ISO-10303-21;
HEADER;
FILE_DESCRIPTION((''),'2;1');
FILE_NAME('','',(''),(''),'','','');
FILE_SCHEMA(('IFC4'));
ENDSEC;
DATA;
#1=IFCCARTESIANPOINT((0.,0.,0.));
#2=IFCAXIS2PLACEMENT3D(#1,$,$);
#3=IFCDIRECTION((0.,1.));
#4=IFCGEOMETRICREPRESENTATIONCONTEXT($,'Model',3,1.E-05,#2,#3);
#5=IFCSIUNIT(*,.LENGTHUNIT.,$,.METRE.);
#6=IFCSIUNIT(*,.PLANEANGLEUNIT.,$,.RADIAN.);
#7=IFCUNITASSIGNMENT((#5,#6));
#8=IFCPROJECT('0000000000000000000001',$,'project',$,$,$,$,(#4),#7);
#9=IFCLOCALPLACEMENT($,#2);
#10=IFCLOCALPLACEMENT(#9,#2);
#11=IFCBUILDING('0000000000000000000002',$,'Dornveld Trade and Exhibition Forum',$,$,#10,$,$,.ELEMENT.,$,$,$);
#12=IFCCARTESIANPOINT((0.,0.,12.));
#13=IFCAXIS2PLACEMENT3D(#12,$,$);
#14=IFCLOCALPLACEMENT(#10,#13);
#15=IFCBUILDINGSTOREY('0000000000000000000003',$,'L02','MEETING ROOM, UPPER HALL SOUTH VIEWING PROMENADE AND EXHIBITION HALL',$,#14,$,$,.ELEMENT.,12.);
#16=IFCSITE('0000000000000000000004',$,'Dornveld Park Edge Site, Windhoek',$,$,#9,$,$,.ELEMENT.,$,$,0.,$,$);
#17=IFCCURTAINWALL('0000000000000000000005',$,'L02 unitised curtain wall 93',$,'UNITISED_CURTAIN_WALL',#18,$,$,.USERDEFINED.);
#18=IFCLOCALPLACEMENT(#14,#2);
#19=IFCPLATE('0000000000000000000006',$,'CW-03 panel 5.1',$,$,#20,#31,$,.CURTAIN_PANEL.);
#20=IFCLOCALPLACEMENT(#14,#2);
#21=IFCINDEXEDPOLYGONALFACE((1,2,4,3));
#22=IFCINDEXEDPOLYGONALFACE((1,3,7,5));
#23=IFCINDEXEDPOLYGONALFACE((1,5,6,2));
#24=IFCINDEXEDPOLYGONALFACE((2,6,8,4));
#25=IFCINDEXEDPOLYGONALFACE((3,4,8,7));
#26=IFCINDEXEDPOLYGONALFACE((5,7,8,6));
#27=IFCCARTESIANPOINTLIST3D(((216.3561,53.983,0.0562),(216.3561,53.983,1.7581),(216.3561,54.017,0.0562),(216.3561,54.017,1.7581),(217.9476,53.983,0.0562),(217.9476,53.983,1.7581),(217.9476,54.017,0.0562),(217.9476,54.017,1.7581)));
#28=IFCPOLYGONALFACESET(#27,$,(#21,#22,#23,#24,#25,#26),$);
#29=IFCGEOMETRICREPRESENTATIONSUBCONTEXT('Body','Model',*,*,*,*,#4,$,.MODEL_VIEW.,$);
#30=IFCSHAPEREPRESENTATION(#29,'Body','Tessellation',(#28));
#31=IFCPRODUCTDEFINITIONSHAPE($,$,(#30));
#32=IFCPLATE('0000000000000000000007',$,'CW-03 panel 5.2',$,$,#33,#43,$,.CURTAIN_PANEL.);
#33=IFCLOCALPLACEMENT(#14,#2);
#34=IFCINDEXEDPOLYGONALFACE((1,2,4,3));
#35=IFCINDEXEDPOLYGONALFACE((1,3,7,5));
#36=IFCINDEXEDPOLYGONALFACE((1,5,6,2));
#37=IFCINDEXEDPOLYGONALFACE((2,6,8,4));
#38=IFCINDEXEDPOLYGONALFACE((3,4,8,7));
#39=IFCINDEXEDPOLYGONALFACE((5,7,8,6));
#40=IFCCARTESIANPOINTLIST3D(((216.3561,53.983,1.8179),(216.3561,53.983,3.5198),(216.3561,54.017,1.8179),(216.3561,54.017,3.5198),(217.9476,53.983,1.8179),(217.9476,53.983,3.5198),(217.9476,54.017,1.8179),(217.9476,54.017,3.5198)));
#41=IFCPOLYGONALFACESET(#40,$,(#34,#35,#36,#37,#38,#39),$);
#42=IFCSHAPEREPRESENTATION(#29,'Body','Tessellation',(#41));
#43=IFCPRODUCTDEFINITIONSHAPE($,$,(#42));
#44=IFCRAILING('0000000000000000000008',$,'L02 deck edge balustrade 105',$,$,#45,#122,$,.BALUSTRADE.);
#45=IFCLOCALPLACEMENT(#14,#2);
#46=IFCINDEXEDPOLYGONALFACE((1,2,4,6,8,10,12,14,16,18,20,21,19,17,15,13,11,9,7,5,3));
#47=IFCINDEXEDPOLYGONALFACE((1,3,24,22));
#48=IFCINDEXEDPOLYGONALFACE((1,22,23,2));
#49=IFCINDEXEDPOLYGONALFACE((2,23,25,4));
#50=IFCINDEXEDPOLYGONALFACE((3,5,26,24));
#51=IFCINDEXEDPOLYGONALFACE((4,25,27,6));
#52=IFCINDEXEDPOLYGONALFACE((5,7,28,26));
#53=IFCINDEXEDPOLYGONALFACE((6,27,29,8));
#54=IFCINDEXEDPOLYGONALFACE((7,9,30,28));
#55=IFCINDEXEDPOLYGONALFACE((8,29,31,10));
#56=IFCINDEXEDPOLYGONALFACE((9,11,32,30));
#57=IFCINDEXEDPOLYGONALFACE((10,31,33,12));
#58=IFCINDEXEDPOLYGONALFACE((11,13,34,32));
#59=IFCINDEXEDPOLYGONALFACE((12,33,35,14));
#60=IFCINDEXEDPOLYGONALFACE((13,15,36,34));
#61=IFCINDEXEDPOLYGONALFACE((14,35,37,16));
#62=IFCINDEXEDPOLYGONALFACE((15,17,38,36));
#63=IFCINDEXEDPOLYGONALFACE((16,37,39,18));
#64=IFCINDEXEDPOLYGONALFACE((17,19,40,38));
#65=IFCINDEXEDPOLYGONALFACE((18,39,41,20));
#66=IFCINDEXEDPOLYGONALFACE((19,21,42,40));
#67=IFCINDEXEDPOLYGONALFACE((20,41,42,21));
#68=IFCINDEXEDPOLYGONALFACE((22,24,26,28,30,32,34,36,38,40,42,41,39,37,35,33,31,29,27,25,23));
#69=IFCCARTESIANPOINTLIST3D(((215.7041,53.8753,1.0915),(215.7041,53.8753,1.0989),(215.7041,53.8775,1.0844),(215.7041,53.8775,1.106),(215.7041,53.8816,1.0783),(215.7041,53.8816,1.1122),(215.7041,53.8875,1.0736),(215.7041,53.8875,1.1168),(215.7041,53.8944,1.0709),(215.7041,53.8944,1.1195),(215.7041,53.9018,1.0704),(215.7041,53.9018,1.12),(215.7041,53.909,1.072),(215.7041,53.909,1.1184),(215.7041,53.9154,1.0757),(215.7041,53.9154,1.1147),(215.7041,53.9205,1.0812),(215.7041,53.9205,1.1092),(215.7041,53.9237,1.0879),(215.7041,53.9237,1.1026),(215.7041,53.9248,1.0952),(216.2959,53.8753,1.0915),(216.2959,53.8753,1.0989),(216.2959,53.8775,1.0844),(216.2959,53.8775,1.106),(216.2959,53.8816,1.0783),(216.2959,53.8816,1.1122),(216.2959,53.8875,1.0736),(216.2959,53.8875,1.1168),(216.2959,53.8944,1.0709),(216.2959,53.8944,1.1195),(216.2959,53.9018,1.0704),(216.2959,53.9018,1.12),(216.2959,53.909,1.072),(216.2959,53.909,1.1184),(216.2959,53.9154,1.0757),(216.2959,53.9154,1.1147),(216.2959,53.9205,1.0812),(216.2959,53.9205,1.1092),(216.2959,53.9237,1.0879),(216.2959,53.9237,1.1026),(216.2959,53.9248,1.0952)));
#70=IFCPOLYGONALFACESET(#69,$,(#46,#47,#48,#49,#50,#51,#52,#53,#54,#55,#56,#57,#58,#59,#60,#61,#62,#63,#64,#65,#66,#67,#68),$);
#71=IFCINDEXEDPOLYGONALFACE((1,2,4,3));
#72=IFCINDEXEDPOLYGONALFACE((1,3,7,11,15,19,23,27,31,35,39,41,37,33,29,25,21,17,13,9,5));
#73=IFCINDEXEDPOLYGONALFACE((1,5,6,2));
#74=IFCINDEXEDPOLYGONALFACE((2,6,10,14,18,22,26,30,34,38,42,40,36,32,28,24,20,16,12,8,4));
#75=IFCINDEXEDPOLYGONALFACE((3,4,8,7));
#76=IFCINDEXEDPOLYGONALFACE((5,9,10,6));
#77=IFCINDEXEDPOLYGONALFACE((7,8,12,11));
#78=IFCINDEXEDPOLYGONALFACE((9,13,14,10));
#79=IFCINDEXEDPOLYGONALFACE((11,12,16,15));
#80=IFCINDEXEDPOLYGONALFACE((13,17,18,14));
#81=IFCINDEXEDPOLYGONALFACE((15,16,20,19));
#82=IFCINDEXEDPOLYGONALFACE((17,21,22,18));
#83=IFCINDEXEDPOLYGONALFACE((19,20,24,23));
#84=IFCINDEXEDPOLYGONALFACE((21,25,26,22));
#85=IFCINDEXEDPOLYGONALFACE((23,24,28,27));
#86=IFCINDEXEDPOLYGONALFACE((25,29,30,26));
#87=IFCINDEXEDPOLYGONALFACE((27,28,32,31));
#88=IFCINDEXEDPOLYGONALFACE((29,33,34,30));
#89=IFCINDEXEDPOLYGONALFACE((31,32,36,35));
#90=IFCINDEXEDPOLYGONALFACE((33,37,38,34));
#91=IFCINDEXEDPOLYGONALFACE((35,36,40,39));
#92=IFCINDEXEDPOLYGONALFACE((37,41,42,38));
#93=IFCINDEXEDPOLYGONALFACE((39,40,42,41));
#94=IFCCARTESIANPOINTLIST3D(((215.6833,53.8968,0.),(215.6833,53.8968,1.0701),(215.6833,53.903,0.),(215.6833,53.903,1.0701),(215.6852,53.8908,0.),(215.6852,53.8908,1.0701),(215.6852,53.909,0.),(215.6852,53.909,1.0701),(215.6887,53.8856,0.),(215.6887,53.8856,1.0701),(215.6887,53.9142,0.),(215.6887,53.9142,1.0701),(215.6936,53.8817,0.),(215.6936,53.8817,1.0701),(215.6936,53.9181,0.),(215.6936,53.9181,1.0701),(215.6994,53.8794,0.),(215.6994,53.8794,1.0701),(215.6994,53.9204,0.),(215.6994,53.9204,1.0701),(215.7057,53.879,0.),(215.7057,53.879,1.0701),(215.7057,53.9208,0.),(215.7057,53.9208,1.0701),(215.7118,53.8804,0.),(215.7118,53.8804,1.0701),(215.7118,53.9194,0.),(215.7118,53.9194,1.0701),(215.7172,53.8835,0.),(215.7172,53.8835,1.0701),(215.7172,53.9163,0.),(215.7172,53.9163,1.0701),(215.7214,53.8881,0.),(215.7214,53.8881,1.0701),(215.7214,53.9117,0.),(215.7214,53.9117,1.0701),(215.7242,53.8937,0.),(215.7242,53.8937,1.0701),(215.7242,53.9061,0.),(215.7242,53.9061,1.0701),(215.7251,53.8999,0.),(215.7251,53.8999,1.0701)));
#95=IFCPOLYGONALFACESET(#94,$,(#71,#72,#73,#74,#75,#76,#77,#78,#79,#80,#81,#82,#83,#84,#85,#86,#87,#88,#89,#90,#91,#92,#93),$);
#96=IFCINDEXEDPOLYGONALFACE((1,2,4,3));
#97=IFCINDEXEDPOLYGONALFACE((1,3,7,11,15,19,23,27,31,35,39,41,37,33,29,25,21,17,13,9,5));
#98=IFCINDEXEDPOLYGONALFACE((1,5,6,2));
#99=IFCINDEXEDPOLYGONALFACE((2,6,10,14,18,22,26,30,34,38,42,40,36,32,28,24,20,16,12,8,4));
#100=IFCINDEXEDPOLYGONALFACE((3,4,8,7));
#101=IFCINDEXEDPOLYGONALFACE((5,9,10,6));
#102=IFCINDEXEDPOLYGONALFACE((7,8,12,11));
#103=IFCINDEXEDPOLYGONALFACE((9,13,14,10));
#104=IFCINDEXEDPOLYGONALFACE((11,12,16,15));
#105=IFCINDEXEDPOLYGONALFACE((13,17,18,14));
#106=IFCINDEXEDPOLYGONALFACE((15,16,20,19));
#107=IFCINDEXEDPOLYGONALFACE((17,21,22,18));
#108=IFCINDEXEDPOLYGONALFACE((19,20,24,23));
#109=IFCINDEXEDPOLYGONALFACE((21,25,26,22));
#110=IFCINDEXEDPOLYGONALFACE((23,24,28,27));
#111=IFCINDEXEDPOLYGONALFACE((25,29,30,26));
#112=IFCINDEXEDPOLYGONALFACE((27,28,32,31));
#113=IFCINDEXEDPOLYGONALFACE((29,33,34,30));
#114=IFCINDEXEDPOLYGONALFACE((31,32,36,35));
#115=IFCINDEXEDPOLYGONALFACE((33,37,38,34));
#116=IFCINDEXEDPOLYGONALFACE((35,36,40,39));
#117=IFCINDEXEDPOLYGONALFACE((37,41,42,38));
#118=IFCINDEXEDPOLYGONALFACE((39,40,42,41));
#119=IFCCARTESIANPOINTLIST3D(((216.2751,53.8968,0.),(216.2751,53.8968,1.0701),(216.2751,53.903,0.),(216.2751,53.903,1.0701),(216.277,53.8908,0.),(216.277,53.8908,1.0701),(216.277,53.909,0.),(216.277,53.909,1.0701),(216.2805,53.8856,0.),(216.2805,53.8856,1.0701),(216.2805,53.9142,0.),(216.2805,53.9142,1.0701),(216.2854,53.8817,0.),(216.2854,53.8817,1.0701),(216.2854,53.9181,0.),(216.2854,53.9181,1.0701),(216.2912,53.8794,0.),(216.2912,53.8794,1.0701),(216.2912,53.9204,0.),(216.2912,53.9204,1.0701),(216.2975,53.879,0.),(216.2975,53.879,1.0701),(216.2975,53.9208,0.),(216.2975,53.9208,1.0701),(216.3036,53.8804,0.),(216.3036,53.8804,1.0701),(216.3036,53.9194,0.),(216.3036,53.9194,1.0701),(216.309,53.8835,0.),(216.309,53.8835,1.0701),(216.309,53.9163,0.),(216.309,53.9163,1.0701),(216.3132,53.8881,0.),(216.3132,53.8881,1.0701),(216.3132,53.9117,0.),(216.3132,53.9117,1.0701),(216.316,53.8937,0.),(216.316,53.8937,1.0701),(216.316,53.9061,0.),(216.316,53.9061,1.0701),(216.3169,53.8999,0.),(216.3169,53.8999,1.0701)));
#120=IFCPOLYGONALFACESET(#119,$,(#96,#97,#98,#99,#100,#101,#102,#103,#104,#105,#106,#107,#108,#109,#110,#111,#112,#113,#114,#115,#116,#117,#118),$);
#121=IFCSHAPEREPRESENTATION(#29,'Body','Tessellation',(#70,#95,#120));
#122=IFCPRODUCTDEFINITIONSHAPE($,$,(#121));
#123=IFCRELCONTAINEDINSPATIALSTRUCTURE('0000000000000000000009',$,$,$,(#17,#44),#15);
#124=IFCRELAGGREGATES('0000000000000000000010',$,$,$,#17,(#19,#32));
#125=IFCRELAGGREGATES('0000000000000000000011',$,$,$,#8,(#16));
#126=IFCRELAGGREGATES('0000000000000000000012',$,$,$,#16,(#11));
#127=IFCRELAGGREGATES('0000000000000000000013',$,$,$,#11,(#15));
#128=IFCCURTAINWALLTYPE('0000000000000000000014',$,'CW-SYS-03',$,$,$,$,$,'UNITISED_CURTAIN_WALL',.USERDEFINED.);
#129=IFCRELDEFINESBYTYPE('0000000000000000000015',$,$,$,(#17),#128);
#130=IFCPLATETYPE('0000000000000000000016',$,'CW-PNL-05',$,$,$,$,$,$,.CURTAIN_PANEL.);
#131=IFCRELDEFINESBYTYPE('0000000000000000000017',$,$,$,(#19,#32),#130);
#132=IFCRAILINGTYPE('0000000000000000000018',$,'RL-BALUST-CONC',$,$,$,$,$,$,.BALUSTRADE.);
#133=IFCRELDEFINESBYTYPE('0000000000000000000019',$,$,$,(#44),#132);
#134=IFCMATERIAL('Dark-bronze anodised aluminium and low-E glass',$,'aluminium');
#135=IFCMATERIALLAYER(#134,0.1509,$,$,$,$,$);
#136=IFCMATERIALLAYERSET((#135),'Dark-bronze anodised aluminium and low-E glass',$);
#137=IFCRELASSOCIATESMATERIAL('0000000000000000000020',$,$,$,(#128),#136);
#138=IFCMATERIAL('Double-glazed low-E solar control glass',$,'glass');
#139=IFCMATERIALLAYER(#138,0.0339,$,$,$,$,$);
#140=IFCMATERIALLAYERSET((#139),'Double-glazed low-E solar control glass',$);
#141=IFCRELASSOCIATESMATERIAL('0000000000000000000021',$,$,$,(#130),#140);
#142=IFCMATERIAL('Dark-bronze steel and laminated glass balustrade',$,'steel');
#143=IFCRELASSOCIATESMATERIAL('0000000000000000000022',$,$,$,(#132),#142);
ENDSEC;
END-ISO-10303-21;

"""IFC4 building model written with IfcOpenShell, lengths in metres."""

from ifc_helpers import new_model, si_unit, direction, frame, origin, origin_2d, place, context, subcontext, project, spatial, rectangle, circle, extrude, material, layer, layer_set, type_object, element, aggregate, save


model = new_model("IFC4")

# Units and contexts
model_context = context("Model", 3, precision=1e-05, world=origin(), true_north=direction((0.0, 1.0)))
body_context = subcontext(model_context, "Body", "Model", "MODEL_VIEW")
ifc_project = project(units=[si_unit("LENGTHUNIT", "METRE"), si_unit("PLANEANGLEUNIT", "RADIAN")], contexts=[model_context])

# Site, building, storey
site_placement = place(None, origin())
site = spatial("IfcSite", under=ifc_project, at=site_placement, Name="Dornveld Park Edge Site, Windhoek", CompositionType="ELEMENT", RefElevation=0.0)
building_placement = place(site_placement, origin())
building = spatial("IfcBuilding", under=site, at=building_placement, Name="Dornveld Trade and Exhibition Forum", CompositionType="ELEMENT")
storey_placement = place(building_placement, frame((0.0, 0.0, 12.0)))
storey = spatial("IfcBuildingStorey", under=building, at=storey_placement, Name="L02", Description="MEETING ROOM, UPPER HALL SOUTH VIEWING PROMENADE AND EXHIBITION HALL", CompositionType="ELEMENT", Elevation=12.0)

# Curtain wall
ifc_material_1 = material(Name="Dark-bronze anodised aluminium and low-E glass", Category="aluminium")
ifc_layer_1 = layer(ifc_material_1, 0.1509)
ifc_layer_set_1 = layer_set([ifc_layer_1], Name="Dark-bronze anodised aluminium and low-E glass")
curtain_wall_type_1 = type_object("IfcCurtainWallType", Name="CW-SYS-03", ElementType="UNITISED_CURTAIN_WALL", PredefinedType="USERDEFINED", material=ifc_layer_set_1)
curtain_wall_1_placement = place(storey_placement, origin())
curtain_wall_1 = element("IfcCurtainWall", 1, at=curtain_wall_1_placement, inside=storey, type_object=curtain_wall_type_1, Name="L02 unitised curtain wall 93", ObjectType="UNITISED_CURTAIN_WALL", PredefinedType="USERDEFINED")

# Plates
ifc_material_2 = material(Name="Double-glazed low-E solar control glass", Category="glass")
ifc_layer_2 = layer(ifc_material_2, 0.0339)
ifc_layer_set_2 = layer_set([ifc_layer_2], Name="Double-glazed low-E solar control glass")
plate_type_1 = type_object("IfcPlateType", Name="CW-PNL-05", PredefinedType="CURTAIN_PANEL", material=ifc_layer_set_2)
plate_1_placement = place(storey_placement, frame((217.1519, 54.0, 0.0562), z_axis=(0.0, 0.0, 1.0), x_axis=(-1.0, 0.0, 0.0)))
plate_1 = element("IfcPlate", 2, at=plate_1_placement, type_object=plate_type_1, Name="CW-03 panel 5.1", PredefinedType="CURTAIN_PANEL", context=body_context, shape_type="SweptSolid", body=[
    extrude(rectangle(XDim=1.5916, YDim=0.0339, at=origin_2d()), origin(), (0.0, 0.0, 1.0), 1.7019),
])
plate_2_placement = place(storey_placement, frame((217.1519, 54.0, 1.8179), z_axis=(0.0, 0.0, 1.0), x_axis=(-1.0, 0.0, 0.0)))
plate_2 = element("IfcPlate", 3, at=plate_2_placement, type_object=plate_type_1, Name="CW-03 panel 5.2", PredefinedType="CURTAIN_PANEL", context=body_context, shape_type="SweptSolid", body=[
    extrude(rectangle(XDim=1.5916, YDim=0.0339, at=origin_2d()), origin(), (0.0, 0.0, 1.0), 1.7019),
])
aggregate(curtain_wall_1, [plate_1, plate_2])

# Railing
ifc_material_3 = material(Name="Dark-bronze steel and laminated glass balustrade", Category="steel")
railing_type = type_object("IfcRailingType", Name="RL-BALUST-CONC", PredefinedType="BALUSTRADE", material=ifc_material_3)
railing_placement = place(storey_placement, frame((215.7041, 53.8999, 0.0)))
element("IfcRailing", 4, at=railing_placement, inside=storey, type_object=railing_type, Name="L02 deck edge balustrade 105", PredefinedType="BALUSTRADE", context=body_context, shape_type="SweptSolid", body=[
    extrude(circle(Radius=0.0249, at=origin_2d()), frame((0.0, 0.0, 1.0952), z_axis=(1.0, 0.0, 0.0), x_axis=(0.0, 1.0, 0.0)), (0.0, 0.0, 1.0), 0.5918),
    extrude(circle(Radius=0.021, at=origin_2d()), origin(), (0.0, 0.0, 1.0), 1.0701),
    extrude(circle(Radius=0.021, at=origin_2d()), frame((0.5918, 0.0, 0.0)), (0.0, 0.0, 1.0), 1.0701),
])

save(model, "model.ifc")
